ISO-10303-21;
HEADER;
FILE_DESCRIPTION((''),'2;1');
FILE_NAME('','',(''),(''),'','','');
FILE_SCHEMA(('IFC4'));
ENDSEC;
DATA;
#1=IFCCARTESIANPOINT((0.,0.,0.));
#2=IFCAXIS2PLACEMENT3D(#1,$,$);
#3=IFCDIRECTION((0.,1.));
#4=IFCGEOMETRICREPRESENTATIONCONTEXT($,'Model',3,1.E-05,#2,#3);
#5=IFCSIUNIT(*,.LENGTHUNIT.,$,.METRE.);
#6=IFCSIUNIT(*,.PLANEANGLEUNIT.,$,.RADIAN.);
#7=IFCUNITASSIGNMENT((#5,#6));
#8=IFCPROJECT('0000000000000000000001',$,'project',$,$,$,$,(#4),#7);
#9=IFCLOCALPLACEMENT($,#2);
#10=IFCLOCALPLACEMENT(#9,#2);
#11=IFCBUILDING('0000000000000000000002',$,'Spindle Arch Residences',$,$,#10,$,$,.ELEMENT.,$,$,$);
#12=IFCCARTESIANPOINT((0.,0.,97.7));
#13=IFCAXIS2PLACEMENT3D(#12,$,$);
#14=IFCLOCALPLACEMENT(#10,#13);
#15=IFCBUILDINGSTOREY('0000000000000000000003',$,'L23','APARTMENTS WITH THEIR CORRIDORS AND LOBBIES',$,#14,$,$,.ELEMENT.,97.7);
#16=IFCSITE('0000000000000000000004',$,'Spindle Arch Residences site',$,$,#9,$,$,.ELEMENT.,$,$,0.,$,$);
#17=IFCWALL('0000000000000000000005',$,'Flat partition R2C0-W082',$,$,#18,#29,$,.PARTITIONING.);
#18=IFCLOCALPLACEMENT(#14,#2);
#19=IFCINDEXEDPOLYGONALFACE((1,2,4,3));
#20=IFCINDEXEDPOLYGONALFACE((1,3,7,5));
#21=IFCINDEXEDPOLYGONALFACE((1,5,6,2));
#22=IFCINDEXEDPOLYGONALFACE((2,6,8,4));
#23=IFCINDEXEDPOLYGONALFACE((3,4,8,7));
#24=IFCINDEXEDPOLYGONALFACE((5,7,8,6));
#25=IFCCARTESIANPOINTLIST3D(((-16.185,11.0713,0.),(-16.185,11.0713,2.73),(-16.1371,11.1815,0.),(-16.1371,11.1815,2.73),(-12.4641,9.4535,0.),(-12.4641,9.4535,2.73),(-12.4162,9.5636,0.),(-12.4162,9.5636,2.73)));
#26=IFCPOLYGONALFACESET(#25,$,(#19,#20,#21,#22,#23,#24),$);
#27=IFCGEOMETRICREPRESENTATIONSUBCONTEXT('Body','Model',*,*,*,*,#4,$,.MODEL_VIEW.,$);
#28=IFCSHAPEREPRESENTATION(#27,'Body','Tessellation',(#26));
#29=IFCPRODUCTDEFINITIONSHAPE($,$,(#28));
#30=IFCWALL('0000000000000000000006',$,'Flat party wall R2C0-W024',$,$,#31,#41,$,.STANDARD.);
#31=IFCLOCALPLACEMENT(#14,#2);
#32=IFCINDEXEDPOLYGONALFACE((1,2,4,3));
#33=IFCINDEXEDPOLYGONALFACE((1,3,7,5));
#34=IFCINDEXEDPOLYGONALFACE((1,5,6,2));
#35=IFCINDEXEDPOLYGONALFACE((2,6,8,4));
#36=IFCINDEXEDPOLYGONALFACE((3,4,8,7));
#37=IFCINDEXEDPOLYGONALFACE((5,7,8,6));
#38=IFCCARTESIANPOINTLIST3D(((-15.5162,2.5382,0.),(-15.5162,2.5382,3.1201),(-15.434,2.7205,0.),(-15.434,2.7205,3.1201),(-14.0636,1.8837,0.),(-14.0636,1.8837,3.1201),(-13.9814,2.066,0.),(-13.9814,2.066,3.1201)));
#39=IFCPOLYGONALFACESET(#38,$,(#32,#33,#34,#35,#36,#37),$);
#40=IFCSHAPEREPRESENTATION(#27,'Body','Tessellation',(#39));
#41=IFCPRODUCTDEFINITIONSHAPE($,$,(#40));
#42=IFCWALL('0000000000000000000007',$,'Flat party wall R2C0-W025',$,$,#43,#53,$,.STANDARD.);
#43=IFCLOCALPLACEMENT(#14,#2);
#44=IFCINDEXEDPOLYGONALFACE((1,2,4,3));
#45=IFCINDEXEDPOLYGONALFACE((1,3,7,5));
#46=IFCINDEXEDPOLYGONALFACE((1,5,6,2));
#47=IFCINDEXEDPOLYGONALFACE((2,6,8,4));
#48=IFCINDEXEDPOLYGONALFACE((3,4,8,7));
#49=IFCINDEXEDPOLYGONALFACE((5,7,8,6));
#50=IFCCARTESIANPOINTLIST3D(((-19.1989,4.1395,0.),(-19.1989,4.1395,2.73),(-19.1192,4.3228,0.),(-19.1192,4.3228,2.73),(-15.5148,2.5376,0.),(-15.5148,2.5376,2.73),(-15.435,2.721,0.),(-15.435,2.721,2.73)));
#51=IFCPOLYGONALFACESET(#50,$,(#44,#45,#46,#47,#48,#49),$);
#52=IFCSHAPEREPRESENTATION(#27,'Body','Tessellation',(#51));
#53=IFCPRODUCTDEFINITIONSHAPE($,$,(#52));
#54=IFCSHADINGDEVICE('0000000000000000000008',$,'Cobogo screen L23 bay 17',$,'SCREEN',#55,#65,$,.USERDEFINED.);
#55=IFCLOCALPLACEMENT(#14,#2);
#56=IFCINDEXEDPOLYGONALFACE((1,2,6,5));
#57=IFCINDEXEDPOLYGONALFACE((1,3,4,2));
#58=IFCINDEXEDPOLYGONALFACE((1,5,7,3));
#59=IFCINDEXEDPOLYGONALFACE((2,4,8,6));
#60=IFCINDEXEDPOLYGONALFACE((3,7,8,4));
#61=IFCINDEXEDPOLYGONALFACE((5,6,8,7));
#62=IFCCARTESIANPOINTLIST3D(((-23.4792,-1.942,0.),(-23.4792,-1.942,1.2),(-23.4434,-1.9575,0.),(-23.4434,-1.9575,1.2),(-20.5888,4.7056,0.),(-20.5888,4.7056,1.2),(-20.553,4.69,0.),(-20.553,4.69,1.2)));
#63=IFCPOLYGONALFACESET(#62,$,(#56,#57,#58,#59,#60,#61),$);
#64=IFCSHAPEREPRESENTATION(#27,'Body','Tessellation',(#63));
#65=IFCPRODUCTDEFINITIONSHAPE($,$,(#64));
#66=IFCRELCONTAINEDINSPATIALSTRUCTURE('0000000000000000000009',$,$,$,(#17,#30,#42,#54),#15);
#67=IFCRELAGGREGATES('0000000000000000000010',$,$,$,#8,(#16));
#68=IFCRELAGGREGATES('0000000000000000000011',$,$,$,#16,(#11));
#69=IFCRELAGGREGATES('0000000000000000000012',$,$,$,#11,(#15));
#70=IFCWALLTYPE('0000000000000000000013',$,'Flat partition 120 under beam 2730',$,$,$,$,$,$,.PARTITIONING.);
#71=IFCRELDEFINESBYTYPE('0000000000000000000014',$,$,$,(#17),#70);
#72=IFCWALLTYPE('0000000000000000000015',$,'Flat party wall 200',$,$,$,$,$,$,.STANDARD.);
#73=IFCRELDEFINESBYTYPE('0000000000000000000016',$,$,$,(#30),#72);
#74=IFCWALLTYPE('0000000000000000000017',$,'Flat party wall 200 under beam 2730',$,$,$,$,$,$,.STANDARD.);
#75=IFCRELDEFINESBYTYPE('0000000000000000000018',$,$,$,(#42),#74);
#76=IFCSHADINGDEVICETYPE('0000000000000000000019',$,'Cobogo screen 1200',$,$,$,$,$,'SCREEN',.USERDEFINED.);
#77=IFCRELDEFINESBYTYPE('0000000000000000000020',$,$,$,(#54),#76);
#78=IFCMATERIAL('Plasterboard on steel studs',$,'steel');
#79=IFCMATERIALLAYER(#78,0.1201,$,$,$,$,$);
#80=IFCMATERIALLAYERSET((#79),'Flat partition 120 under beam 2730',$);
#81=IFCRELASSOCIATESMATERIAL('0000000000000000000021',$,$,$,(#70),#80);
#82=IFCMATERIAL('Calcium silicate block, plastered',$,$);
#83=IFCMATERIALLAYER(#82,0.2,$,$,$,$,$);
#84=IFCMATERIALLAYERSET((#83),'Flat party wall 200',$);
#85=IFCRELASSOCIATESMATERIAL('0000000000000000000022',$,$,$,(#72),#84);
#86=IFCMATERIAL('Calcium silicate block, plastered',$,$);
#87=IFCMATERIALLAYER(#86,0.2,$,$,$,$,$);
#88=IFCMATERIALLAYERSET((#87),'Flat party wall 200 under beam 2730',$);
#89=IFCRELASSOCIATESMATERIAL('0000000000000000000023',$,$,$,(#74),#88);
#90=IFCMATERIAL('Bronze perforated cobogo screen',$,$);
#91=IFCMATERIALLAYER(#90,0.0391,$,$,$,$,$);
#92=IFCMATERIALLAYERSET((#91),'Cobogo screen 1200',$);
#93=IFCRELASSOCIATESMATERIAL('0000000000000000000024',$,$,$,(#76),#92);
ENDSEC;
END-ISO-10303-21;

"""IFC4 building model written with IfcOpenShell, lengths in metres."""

from ifc_helpers import new_model, si_unit, direction, frame, frame_2d, origin, origin_2d, place, context, subcontext, project, spatial, rectangle, extrude, material, layer, layer_set, type_object, element, save


model = new_model("IFC4")

# Units and contexts
model_context = context("Model", 3, precision=1e-05, world=origin(), true_north=direction((0.0, 1.0)))
body_context = subcontext(model_context, "Body", "Model", "MODEL_VIEW")
ifc_project = project(units=[si_unit("LENGTHUNIT", "METRE"), si_unit("PLANEANGLEUNIT", "RADIAN")], contexts=[model_context])

# Site, building, storey
site_placement = place(None, origin())
site = spatial("IfcSite", under=ifc_project, at=site_placement, Name="Spindle Arch Residences site", CompositionType="ELEMENT", RefElevation=0.0)
building_placement = place(site_placement, origin())
building = spatial("IfcBuilding", under=site, at=building_placement, Name="Spindle Arch Residences", CompositionType="ELEMENT")
storey_placement = place(building_placement, frame((0.0, 0.0, 97.7)))
storey = spatial("IfcBuildingStorey", under=building, at=storey_placement, Name="L23", Description="APARTMENTS WITH THEIR CORRIDORS AND LOBBIES", CompositionType="ELEMENT", Elevation=97.7)

# Walls
ifc_material_1 = material(Name="Plasterboard on steel studs", Category="steel")
ifc_layer_1 = layer(ifc_material_1, 0.1201)
ifc_layer_set_1 = layer_set([ifc_layer_1], Name="Flat partition 120 under beam 2730")
wall_type_1 = type_object("IfcWallType", Name="Flat partition 120 under beam 2730", PredefinedType="PARTITIONING", material=ifc_layer_set_1)
wall_1_placement = place(storey_placement, frame((-16.1611, 11.1265, 0.0), z_axis=(0.0, 0.0, 1.0), x_axis=(0.91706, -0.39875, 0.0)))
element("IfcWall", 1, at=wall_1_placement, inside=storey, type_object=wall_type_1, Name="Flat partition R2C0-W082", PredefinedType="PARTITIONING", context=body_context, shape_type="SweptSolid", body=[
    extrude(rectangle(XDim=4.0574, YDim=0.1201, at=frame_2d((2.0288, 0.0))), origin(), (0.0, 0.0, 1.0), 2.73),
])
ifc_material_2 = material(Name="Calcium silicate block, plastered")
ifc_layer_2 = layer(ifc_material_2, 0.2)
ifc_layer_set_2 = layer_set([ifc_layer_2], Name="Flat party wall 200")
wall_type_2 = type_object("IfcWallType", Name="Flat party wall 200", PredefinedType="STANDARD", material=ifc_layer_set_2)
wall_2_placement = place(storey_placement, frame((-15.4751, 2.6294, 0.0), z_axis=(0.0, 0.0, 1.0), x_axis=(0.911721, -0.410811, 0.0)))
element("IfcWall", 2, at=wall_2_placement, inside=storey, type_object=wall_type_2, Name="Flat party wall R2C0-W024", PredefinedType="STANDARD", context=body_context, shape_type="SweptSolid", body=[
    extrude(rectangle(XDim=1.5933, YDim=0.2, at=frame_2d((0.7966, 0.0))), origin(), (0.0, 0.0, 1.0), 3.1201),
])
ifc_material_3 = material(Name="Calcium silicate block, plastered")
ifc_layer_3 = layer(ifc_material_3, 0.2)
ifc_layer_set_3 = layer_set([ifc_layer_3], Name="Flat party wall 200 under beam 2730")
wall_type_3 = type_object("IfcWallType", Name="Flat party wall 200 under beam 2730", PredefinedType="STANDARD", material=ifc_layer_set_3)
wall_3_placement = place(storey_placement, frame((-19.1592, 4.2312, 0.0), z_axis=(0.0, 0.0, 1.0), x_axis=(0.917067, -0.398733, 0.0)))
element("IfcWall", 3, at=wall_3_placement, inside=storey, type_object=wall_type_3, Name="Flat party wall R2C0-W025", PredefinedType="STANDARD", context=body_context, shape_type="SweptSolid", body=[
    extrude(rectangle(XDim=4.0173, YDim=0.2, at=frame_2d((2.0088, 0.0))), origin(), (0.0, 0.0, 1.0), 2.73),
])

# Shading device
ifc_material_4 = material(Name="Bronze perforated cobogo screen")
ifc_layer_4 = layer(ifc_material_4, 0.0391)
ifc_layer_set_4 = layer_set([ifc_layer_4], Name="Cobogo screen 1200")
shading_device_type = type_object("IfcShadingDeviceType", Name="Cobogo screen 1200", ElementType="SCREEN", PredefinedType="USERDEFINED", material=ifc_layer_set_4)
shading_device_placement = place(storey_placement, frame((-22.0161, 1.374, 0.0), z_axis=(0.0, 0.0, 1.0), x_axis=(-0.398749, -0.91706, 0.0)))
element("IfcShadingDevice", 4, at=shading_device_placement, inside=storey, type_object=shading_device_type, Name="Cobogo screen L23 bay 17", ObjectType="SCREEN", PredefinedType="USERDEFINED", context=body_context, shape_type="SweptSolid", body=[
    extrude(rectangle(XDim=7.2488, YDim=0.0391, at=origin_2d()), origin(), (0.0, 0.0, 1.0), 1.2),
])

save(model, "model.ifc")
